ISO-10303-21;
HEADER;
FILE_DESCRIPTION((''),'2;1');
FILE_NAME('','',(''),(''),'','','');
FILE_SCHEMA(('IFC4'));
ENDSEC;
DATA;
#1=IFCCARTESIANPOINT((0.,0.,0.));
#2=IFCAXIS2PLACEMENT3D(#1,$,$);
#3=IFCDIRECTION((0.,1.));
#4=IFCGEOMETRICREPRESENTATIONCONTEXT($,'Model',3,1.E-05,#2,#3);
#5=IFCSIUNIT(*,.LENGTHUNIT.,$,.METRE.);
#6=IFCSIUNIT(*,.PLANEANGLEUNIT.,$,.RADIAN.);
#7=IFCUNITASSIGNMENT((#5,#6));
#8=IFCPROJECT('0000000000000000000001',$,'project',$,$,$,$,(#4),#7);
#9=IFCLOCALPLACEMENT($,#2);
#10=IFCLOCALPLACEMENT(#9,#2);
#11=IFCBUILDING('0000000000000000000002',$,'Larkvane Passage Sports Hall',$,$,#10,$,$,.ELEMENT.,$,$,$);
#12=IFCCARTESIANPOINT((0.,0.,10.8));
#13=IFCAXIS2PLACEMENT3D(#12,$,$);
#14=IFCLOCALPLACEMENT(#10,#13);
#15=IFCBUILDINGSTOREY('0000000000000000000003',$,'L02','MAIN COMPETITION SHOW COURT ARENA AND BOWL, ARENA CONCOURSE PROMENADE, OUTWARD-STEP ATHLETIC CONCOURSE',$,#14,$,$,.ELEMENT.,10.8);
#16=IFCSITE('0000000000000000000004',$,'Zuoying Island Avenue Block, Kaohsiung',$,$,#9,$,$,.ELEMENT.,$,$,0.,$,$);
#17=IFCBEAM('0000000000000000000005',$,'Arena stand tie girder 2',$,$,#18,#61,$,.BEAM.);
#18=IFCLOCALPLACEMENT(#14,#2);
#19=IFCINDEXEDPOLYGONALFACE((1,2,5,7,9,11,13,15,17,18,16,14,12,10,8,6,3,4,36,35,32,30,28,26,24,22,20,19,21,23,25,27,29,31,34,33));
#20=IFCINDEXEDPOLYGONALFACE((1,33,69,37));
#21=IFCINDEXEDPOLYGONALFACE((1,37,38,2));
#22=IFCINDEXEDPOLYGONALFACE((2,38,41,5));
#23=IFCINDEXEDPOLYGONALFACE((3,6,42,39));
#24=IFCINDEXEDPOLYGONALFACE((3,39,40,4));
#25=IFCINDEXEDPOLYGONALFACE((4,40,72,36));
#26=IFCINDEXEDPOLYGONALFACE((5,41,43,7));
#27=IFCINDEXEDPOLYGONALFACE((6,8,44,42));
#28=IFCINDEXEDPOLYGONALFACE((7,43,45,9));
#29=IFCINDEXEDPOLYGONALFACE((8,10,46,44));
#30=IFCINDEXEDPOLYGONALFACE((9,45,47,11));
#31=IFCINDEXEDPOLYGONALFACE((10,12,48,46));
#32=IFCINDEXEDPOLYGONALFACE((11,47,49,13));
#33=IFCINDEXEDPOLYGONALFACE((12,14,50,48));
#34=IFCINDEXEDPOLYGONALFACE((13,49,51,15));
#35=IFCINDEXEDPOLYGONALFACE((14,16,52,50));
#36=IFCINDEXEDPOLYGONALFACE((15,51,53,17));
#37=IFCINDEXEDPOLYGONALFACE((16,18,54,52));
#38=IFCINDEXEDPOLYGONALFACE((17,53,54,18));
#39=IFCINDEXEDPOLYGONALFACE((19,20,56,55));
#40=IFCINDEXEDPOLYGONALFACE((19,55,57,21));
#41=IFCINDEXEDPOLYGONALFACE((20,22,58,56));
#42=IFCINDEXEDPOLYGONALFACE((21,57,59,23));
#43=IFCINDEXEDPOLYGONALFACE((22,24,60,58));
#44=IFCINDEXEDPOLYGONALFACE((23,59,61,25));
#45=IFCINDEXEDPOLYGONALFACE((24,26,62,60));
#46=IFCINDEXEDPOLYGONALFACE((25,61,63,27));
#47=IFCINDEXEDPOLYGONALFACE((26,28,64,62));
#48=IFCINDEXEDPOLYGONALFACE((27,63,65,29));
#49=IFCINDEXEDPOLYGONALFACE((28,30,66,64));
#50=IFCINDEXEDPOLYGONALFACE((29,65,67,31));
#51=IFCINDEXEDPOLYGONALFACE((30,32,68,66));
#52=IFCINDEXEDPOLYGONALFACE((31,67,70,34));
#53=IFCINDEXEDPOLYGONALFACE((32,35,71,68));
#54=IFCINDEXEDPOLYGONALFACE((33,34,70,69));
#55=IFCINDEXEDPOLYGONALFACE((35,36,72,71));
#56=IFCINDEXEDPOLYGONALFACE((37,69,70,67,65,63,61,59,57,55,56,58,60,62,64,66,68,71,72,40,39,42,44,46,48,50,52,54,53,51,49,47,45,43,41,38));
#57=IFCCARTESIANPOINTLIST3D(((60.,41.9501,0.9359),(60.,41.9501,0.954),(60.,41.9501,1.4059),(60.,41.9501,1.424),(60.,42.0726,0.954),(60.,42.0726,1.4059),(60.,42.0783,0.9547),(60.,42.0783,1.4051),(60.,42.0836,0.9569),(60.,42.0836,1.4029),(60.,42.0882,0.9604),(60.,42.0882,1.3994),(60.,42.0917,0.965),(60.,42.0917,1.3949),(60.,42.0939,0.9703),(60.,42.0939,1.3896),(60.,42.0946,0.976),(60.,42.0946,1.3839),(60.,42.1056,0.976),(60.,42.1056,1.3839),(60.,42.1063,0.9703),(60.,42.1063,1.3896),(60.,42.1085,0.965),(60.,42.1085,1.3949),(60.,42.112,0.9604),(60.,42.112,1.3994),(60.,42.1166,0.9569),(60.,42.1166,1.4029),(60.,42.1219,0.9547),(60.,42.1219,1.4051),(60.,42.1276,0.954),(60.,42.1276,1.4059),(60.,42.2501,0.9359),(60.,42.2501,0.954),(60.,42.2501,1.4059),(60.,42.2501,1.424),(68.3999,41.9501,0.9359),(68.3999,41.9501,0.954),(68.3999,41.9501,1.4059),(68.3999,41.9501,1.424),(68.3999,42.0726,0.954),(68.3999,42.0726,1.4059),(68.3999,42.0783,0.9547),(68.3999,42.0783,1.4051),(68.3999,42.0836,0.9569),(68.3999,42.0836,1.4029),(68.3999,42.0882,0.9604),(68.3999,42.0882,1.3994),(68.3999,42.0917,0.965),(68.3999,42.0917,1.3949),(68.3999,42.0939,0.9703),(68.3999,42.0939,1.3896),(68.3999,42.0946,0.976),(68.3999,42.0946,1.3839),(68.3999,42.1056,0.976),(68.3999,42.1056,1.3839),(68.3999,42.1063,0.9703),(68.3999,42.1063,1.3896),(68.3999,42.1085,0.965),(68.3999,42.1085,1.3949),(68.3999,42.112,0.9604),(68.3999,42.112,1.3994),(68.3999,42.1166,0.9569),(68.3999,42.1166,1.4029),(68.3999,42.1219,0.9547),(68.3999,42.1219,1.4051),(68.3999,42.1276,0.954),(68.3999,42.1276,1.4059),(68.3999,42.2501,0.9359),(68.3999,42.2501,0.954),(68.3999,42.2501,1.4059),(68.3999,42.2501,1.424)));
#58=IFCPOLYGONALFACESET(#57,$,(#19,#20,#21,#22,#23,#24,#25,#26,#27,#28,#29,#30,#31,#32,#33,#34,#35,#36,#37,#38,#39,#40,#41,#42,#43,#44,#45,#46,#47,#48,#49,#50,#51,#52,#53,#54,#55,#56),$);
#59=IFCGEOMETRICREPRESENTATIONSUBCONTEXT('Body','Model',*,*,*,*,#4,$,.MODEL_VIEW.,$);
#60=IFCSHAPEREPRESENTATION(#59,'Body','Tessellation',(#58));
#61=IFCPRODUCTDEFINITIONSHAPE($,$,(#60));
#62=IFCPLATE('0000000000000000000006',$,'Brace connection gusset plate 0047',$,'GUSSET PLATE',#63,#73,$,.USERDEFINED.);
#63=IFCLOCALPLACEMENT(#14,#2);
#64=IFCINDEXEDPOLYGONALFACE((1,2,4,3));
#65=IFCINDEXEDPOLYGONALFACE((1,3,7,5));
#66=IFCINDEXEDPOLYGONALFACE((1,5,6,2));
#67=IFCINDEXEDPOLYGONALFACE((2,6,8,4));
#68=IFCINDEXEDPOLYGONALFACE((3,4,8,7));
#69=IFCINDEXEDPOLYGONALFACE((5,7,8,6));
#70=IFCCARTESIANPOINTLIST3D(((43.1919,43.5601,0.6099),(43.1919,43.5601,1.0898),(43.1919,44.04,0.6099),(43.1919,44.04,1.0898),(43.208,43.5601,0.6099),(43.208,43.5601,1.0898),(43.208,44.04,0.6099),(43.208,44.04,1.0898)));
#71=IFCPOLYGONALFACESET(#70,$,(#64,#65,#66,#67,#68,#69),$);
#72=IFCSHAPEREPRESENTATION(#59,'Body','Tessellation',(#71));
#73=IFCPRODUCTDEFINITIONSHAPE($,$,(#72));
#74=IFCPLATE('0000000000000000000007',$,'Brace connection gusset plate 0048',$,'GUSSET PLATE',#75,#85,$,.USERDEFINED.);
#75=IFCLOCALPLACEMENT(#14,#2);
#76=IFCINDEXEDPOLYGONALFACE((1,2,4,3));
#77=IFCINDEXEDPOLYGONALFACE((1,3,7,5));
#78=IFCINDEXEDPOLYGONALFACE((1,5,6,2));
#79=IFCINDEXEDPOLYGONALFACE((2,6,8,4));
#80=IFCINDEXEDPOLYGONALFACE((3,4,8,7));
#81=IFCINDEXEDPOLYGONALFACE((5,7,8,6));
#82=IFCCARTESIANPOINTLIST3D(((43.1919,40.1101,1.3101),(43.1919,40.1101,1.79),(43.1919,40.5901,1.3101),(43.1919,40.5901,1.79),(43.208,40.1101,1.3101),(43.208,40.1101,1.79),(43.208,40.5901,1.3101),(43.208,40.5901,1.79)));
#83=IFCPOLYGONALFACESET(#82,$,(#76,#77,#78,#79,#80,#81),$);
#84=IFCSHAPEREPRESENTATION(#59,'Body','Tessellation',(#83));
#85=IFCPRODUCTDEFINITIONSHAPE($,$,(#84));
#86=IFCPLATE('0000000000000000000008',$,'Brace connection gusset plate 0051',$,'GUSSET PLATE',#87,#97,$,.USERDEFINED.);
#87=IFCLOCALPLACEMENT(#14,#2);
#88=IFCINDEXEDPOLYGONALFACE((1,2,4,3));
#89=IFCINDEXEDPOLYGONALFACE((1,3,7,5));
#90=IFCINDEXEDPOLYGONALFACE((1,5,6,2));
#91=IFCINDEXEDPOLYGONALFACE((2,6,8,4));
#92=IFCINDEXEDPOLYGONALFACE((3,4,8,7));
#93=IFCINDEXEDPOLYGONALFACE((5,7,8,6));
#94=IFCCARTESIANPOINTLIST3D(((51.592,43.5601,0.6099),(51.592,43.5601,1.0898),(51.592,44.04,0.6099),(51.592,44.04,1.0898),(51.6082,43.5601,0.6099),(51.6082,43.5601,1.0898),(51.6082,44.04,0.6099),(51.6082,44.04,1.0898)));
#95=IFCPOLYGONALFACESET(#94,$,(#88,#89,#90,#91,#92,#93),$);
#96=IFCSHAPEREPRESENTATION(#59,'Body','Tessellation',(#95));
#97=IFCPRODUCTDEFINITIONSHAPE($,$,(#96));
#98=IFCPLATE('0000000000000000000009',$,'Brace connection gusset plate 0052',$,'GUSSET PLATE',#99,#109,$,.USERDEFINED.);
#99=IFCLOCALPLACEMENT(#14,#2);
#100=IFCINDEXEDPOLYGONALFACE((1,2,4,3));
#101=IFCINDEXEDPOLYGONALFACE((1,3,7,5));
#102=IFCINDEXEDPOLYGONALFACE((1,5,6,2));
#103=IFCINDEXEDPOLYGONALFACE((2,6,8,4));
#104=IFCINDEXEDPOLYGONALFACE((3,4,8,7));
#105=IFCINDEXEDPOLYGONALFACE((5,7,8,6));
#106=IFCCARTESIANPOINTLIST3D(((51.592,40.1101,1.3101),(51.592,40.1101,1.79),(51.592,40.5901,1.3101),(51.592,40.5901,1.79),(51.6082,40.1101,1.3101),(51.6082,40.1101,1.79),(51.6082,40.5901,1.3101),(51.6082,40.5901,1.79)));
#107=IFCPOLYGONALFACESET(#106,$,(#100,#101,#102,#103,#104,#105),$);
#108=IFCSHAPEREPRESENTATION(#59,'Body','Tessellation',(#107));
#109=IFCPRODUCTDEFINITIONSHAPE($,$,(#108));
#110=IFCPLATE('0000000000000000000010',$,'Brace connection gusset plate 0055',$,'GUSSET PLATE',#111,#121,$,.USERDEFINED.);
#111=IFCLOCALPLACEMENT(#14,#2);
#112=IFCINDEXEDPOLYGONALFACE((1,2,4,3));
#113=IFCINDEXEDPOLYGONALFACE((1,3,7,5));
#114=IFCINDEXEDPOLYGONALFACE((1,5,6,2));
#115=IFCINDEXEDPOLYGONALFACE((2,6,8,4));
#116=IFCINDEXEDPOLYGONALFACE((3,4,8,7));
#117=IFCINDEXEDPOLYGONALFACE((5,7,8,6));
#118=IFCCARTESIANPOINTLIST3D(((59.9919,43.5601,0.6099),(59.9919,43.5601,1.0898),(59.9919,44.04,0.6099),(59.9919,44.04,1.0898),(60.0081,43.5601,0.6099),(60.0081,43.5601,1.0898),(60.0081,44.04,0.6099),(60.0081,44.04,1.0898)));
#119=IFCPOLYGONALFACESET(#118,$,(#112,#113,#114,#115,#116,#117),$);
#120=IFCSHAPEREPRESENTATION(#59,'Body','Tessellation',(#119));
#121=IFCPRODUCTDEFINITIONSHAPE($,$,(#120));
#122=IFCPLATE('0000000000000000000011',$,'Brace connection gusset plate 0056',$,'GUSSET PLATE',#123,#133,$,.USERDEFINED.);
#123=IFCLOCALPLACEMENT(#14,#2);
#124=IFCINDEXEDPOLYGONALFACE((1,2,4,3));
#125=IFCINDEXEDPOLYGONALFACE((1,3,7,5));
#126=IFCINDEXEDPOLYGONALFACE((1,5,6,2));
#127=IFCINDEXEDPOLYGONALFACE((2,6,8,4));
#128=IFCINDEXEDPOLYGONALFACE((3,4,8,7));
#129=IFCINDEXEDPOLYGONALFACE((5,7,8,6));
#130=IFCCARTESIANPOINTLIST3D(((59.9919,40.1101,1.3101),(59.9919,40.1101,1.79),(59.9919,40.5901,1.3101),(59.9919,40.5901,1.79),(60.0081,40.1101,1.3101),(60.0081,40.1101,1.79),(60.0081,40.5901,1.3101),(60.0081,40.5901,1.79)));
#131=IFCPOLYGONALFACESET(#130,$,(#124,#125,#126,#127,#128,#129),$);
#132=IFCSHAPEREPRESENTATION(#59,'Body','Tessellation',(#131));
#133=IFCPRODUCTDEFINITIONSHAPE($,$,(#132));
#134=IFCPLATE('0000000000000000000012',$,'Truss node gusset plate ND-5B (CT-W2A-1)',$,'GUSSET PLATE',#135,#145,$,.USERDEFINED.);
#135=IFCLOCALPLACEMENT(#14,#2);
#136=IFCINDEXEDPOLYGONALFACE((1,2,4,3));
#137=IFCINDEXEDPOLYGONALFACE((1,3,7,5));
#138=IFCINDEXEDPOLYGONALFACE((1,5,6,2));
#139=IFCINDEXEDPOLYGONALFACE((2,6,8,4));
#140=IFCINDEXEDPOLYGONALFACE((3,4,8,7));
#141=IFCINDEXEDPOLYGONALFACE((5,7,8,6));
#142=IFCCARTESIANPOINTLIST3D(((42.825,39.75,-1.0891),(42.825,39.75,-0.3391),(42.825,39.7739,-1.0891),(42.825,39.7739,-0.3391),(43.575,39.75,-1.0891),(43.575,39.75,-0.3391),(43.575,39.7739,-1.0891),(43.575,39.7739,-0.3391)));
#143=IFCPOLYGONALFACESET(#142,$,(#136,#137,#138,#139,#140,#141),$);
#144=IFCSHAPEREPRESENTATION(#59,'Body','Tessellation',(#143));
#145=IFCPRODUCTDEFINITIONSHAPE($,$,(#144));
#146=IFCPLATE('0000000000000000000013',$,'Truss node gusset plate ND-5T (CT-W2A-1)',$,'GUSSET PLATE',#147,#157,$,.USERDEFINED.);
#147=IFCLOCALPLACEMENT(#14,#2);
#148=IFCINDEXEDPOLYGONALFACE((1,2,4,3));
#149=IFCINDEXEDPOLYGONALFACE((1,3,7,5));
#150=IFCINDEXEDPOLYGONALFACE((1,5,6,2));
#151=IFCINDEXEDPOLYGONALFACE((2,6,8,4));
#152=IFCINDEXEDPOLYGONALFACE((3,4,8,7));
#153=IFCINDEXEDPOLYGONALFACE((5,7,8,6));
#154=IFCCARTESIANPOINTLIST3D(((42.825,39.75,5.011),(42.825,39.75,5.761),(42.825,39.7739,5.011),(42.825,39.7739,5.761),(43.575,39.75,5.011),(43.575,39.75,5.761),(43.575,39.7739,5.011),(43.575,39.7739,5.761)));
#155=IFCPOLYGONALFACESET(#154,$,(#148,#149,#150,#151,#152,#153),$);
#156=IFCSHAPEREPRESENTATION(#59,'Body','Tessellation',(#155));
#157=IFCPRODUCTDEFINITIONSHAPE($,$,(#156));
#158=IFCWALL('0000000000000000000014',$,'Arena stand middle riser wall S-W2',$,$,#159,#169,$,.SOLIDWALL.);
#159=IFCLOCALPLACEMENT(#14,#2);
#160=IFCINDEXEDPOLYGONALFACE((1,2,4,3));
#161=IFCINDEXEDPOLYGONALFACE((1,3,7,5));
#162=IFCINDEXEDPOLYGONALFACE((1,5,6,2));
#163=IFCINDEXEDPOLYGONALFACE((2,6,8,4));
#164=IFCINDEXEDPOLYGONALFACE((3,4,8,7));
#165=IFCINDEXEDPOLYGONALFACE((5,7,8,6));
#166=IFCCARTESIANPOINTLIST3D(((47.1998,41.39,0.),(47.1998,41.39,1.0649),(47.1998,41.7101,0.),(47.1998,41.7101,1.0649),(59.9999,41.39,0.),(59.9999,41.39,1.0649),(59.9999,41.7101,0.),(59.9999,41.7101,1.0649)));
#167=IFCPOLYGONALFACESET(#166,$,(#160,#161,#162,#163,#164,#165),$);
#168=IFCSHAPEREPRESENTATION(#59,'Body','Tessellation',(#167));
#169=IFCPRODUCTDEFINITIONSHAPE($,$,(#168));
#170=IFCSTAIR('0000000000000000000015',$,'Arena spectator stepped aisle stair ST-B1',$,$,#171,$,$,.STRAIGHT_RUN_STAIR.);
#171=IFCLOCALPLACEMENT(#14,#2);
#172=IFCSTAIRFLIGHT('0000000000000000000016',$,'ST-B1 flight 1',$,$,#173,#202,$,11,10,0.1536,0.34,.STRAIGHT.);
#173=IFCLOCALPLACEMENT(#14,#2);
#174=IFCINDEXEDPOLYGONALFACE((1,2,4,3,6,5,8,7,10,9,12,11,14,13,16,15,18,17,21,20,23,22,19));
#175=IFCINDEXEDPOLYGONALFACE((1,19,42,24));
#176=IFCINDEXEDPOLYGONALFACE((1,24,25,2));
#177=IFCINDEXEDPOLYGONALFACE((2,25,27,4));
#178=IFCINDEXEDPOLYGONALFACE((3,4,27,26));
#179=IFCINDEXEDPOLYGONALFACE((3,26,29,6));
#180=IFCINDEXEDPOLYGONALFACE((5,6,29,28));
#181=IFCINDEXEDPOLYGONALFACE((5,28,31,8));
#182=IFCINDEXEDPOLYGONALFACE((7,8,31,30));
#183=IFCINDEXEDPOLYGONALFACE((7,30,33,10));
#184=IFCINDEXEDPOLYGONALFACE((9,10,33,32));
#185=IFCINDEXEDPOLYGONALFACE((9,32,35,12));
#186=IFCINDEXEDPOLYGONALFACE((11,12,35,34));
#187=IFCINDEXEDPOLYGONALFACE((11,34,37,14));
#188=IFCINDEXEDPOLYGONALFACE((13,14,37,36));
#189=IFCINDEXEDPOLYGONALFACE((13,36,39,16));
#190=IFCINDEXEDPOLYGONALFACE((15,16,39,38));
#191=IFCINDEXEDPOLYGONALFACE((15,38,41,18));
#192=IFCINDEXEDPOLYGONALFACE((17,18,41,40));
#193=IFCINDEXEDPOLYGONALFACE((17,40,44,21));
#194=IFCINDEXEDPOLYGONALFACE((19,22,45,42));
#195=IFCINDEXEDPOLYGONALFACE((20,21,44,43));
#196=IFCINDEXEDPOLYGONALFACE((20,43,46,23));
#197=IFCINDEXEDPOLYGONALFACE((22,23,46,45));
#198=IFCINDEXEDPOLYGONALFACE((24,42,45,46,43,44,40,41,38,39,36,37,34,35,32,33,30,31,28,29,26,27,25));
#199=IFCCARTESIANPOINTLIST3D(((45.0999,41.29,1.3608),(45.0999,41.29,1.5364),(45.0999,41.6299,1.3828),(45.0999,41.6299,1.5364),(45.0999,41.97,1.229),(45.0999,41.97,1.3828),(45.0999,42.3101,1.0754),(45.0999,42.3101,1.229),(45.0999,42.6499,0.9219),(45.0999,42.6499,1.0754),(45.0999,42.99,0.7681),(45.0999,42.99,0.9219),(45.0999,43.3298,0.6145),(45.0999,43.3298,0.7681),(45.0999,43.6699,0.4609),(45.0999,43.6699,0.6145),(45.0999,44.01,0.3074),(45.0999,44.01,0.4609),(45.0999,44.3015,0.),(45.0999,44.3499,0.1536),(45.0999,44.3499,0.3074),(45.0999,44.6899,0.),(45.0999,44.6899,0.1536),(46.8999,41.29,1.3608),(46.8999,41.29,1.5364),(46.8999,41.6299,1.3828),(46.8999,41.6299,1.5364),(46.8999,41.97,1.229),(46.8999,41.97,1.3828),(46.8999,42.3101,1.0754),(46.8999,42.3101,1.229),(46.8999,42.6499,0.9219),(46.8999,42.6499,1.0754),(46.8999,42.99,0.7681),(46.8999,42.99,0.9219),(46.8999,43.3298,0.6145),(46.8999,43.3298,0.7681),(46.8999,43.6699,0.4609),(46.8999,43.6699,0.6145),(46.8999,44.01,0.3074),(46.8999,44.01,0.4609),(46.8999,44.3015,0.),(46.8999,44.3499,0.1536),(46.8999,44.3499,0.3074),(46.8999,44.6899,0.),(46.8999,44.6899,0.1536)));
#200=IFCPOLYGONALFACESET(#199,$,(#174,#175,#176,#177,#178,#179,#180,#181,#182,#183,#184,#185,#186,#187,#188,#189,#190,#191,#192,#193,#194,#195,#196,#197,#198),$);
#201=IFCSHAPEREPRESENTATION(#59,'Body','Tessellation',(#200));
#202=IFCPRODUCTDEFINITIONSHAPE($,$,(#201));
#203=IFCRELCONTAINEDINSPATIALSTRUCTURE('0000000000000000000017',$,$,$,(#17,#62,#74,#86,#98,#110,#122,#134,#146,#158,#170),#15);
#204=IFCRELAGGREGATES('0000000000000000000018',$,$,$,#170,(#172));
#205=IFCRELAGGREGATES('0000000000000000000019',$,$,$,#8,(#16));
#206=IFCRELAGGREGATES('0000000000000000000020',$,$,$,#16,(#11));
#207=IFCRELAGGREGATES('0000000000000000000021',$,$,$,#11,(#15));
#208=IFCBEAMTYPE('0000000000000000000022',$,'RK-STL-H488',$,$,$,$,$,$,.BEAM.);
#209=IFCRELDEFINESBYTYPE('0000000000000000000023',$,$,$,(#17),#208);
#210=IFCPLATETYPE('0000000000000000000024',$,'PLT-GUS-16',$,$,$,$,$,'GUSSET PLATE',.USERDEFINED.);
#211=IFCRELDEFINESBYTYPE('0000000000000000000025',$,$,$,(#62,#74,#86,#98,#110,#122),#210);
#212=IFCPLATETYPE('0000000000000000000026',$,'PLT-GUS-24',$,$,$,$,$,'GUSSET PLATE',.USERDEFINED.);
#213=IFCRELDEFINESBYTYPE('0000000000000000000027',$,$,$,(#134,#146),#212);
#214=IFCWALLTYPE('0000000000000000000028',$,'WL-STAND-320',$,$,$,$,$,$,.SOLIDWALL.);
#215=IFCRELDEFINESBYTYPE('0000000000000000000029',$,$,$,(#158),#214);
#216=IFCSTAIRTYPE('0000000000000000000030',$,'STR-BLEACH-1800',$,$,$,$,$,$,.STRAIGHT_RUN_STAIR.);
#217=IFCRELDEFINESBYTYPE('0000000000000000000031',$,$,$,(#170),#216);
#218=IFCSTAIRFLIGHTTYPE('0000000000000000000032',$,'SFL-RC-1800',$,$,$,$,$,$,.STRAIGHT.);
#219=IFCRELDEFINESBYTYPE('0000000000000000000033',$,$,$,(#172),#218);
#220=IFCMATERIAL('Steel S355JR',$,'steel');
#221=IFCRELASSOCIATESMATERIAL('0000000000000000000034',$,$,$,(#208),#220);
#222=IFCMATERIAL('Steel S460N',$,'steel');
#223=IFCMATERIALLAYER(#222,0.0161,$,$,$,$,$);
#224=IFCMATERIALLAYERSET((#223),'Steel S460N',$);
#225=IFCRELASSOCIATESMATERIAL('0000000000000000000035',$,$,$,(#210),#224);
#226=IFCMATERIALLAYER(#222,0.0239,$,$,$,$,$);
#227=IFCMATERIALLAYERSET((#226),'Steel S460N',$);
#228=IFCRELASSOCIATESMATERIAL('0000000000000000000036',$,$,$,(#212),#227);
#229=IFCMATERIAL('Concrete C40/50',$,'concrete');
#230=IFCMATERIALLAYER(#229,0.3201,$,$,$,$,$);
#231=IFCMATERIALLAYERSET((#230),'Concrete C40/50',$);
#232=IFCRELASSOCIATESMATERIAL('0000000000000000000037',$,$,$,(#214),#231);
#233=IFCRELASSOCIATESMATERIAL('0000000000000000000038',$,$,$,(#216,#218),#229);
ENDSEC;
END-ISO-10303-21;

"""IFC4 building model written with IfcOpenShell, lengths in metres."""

from ifc_helpers import new_model, si_unit, direction, frame, frame_2d, origin, origin_2d, place, context, subcontext, project, spatial, polyline, rectangle, i_section, outline, extrude, material, layer, layer_set, material_profile, profile_set, type_object, element, aggregate, save


model = new_model("IFC4")

# Units and contexts
model_context = context("Model", 3, precision=1e-05, world=origin(), true_north=direction((0.0, 1.0)))
body_context = subcontext(model_context, "Body", "Model", "MODEL_VIEW")
ifc_project = project(units=[si_unit("LENGTHUNIT", "METRE"), si_unit("PLANEANGLEUNIT", "RADIAN")], contexts=[model_context])

# Site, building, storey
site_placement = place(None, origin())
site = spatial("IfcSite", under=ifc_project, at=site_placement, Name="Zuoying Island Avenue Block, Kaohsiung", CompositionType="ELEMENT", RefElevation=0.0)
building_placement = place(site_placement, origin())
building = spatial("IfcBuilding", under=site, at=building_placement, Name="Larkvane Passage Sports Hall", CompositionType="ELEMENT")
storey_placement = place(building_placement, frame((0.0, 0.0, 10.8)))
storey = spatial("IfcBuildingStorey", under=building, at=storey_placement, Name="L02", Description="MAIN COMPETITION SHOW COURT ARENA AND BOWL, ARENA CONCOURSE PROMENADE, OUTWARD-STEP ATHLETIC CONCOURSE", CompositionType="ELEMENT", Elevation=10.8)

# Shared definitions
ifc_material_1 = material(Name="Steel S355JR", Category="steel")
ifc_material_2 = material(Name="Steel S460N", Category="steel")

# Beam
ifc_material_profile_1 = material_profile(ifc_material_1, i_section(OverallWidth=0.3, OverallDepth=0.488, WebThickness=0.011, FlangeThickness=0.0181, FilletRadius=0.022, at=origin_2d()), Name="H-488x300x11x18")
ifc_profile_set_1 = profile_set([ifc_material_profile_1], Name="Steel S355JR")
beam_type_1 = type_object("IfcBeamType", Name="RK-STL-H488", PredefinedType="BEAM", material=ifc_profile_set_1)
beam_1_placement = place(storey_placement, frame((60.0, 42.1001, 1.1799), z_axis=(1.0, 0.0, 0.0), x_axis=(0.0, 1.0, 0.0)))
element("IfcBeam", 1, at=beam_1_placement, inside=storey, type_object=beam_type_1, Name="Arena stand tie girder 2", PredefinedType="BEAM", context=body_context, shape_type="SweptSolid", body=[
    extrude(i_section(OverallWidth=0.3, OverallDepth=0.488, WebThickness=0.011, FlangeThickness=0.0181, FilletRadius=0.022, at=origin_2d()), origin(), (0.0, 0.0, 1.0), 8.3999),
])

# Plates
ifc_layer_1 = layer(ifc_material_2, 0.0161)
ifc_layer_set_1 = layer_set([ifc_layer_1], Name="Steel S460N")
plate_type_1 = type_object("IfcPlateType", Name="PLT-GUS-16", ElementType="GUSSET PLATE", PredefinedType="USERDEFINED", material=ifc_layer_set_1)
for number, where, z_axis, x_axis, name in (
    (2, (43.2, 43.8, 0.6099), (0.0, 0.0, 1.0), (0.0, -1.0, 0.0), "Brace connection gusset plate 0047"),
    (3, (43.2, 40.3501, 1.3101), (0.0, 0.0, 1.0), (0.0, -1.0, 0.0), "Brace connection gusset plate 0048"),
    (4, (51.6001, 43.8, 0.6099), (0.0, 0.0, 1.0), (0.0, -1.0, 0.0), "Brace connection gusset plate 0051"),
    (5, (51.6001, 40.3501, 1.3101), (0.0, 0.0, 1.0), (0.0, -1.0, 0.0), "Brace connection gusset plate 0052"),
    (6, (60.0, 43.8, 0.6099), (0.0, 0.0, 1.0), (0.0, -1.0, 0.0), "Brace connection gusset plate 0055"),
    (7, (60.0, 40.3501, 1.3101), (0.0, 0.0, 1.0), (0.0, -1.0, 0.0), "Brace connection gusset plate 0056"),
):
    element("IfcPlate", number, at=place(storey_placement, frame(where, z_axis=z_axis, x_axis=x_axis)), inside=storey, type_object=plate_type_1, Name=name, ObjectType="GUSSET PLATE", PredefinedType="USERDEFINED", context=body_context, shape_type="SweptSolid", body=[
        extrude(rectangle(XDim=0.48, YDim=0.0161, at=origin_2d()), origin(), (0.0, 0.0, 1.0), 0.48),
    ])
ifc_layer_2 = layer(ifc_material_2, 0.0239)
ifc_layer_set_2 = layer_set([ifc_layer_2], Name="Steel S460N")
plate_type_2 = type_object("IfcPlateType", Name="PLT-GUS-24", ElementType="GUSSET PLATE", PredefinedType="USERDEFINED", material=ifc_layer_set_2)
for number, where, z_axis, x_axis, name in (
    (8, (43.2, 39.762, -1.0891), (0.0, 0.0, 1.0), (1.0, 0.0, 0.0), "Truss node gusset plate ND-5B (CT-W2A-1)"),
    (9, (43.2, 39.762, 5.011), (0.0, 0.0, 1.0), (1.0, 0.0, 0.0), "Truss node gusset plate ND-5T (CT-W2A-1)"),
):
    element("IfcPlate", number, at=place(storey_placement, frame(where, z_axis=z_axis, x_axis=x_axis)), inside=storey, type_object=plate_type_2, Name=name, ObjectType="GUSSET PLATE", PredefinedType="USERDEFINED", context=body_context, shape_type="SweptSolid", body=[
        extrude(rectangle(XDim=0.75, YDim=0.0239, at=origin_2d()), origin(), (0.0, 0.0, 1.0), 0.75),
    ])

# Wall
ifc_material_3 = material(Name="Concrete C40/50", Category="concrete")
ifc_layer_3 = layer(ifc_material_3, 0.3201)
ifc_layer_set_3 = layer_set([ifc_layer_3], Name="Concrete C40/50")
wall_type = type_object("IfcWallType", Name="WL-STAND-320", PredefinedType="SOLIDWALL", material=ifc_layer_set_3)
wall_placement = place(storey_placement, frame((47.2, 41.55, 0.0), z_axis=(0.0, 0.0, 1.0), x_axis=(1.0, 0.0, 0.0)))
element("IfcWall", 10, at=wall_placement, inside=storey, type_object=wall_type, Name="Arena stand middle riser wall S-W2", PredefinedType="SOLIDWALL", context=body_context, shape_type="SweptSolid", body=[
    extrude(rectangle(XDim=12.8, YDim=0.3201, at=frame_2d((6.3999, 0.0))), origin(), (0.0, 0.0, 1.0), 1.0649),
])

# Stair, stair flight
stair_type = type_object("IfcStairType", Name="STR-BLEACH-1800", PredefinedType="STRAIGHT_RUN_STAIR", material=ifc_material_3)
stair_placement = place(storey_placement, origin())
stair = element("IfcStair", 11, at=stair_placement, inside=storey, type_object=stair_type, Name="Arena spectator stepped aisle stair ST-B1", PredefinedType="STRAIGHT_RUN_STAIR")
stair_flight_type = type_object("IfcStairFlightType", Name="SFL-RC-1800", PredefinedType="STRAIGHT", material=ifc_material_3)
stair_flight_placement = place(storey_placement, frame((46.0, 44.6899, 0.0), z_axis=(0.0, 0.0, 1.0), x_axis=(0.0, -1.0, 0.0)))
stair_flight = element("IfcStairFlight", 12, at=stair_flight_placement, type_object=stair_flight_type, Name="ST-B1 flight 1", NumberOfRisers=11, NumberOfTreads=10, PredefinedType="STRAIGHT", RiserHeight=0.1536, TreadLength=0.34, context=body_context, shape_type="SweptSolid", body=[
    extrude(outline(polyline([(0.0, 0.0), (0.0, 0.1536), (0.3401, 0.1536), (0.3401, 0.3074), (0.6799, 0.3074), (0.6799, 0.4609), (1.02, 0.4609), (1.02, 0.6145), (1.3601, 0.6145), (1.3601, 0.7681), (1.7, 0.7681), (1.7, 0.9219), (2.04, 0.9219), (2.04, 1.0754), (2.3799, 1.0754), (2.3799, 1.229), (2.72, 1.229), (2.72, 1.3828), (3.0601, 1.3828), (3.0601, 1.5364), (3.3999, 1.5364), (3.3999, 1.6899), (3.3999, 1.3608), (0.3884, 0.0), (0.0, 0.0)])), frame((0.0, 0.8999, 0.0), z_axis=(0.0, -1.0, 0.0), x_axis=(1.0, 0.0, 0.0)), (0.0, 0.0, 1.0), 1.8),
])
aggregate(stair, [stair_flight])

save(model, "model.ifc")
